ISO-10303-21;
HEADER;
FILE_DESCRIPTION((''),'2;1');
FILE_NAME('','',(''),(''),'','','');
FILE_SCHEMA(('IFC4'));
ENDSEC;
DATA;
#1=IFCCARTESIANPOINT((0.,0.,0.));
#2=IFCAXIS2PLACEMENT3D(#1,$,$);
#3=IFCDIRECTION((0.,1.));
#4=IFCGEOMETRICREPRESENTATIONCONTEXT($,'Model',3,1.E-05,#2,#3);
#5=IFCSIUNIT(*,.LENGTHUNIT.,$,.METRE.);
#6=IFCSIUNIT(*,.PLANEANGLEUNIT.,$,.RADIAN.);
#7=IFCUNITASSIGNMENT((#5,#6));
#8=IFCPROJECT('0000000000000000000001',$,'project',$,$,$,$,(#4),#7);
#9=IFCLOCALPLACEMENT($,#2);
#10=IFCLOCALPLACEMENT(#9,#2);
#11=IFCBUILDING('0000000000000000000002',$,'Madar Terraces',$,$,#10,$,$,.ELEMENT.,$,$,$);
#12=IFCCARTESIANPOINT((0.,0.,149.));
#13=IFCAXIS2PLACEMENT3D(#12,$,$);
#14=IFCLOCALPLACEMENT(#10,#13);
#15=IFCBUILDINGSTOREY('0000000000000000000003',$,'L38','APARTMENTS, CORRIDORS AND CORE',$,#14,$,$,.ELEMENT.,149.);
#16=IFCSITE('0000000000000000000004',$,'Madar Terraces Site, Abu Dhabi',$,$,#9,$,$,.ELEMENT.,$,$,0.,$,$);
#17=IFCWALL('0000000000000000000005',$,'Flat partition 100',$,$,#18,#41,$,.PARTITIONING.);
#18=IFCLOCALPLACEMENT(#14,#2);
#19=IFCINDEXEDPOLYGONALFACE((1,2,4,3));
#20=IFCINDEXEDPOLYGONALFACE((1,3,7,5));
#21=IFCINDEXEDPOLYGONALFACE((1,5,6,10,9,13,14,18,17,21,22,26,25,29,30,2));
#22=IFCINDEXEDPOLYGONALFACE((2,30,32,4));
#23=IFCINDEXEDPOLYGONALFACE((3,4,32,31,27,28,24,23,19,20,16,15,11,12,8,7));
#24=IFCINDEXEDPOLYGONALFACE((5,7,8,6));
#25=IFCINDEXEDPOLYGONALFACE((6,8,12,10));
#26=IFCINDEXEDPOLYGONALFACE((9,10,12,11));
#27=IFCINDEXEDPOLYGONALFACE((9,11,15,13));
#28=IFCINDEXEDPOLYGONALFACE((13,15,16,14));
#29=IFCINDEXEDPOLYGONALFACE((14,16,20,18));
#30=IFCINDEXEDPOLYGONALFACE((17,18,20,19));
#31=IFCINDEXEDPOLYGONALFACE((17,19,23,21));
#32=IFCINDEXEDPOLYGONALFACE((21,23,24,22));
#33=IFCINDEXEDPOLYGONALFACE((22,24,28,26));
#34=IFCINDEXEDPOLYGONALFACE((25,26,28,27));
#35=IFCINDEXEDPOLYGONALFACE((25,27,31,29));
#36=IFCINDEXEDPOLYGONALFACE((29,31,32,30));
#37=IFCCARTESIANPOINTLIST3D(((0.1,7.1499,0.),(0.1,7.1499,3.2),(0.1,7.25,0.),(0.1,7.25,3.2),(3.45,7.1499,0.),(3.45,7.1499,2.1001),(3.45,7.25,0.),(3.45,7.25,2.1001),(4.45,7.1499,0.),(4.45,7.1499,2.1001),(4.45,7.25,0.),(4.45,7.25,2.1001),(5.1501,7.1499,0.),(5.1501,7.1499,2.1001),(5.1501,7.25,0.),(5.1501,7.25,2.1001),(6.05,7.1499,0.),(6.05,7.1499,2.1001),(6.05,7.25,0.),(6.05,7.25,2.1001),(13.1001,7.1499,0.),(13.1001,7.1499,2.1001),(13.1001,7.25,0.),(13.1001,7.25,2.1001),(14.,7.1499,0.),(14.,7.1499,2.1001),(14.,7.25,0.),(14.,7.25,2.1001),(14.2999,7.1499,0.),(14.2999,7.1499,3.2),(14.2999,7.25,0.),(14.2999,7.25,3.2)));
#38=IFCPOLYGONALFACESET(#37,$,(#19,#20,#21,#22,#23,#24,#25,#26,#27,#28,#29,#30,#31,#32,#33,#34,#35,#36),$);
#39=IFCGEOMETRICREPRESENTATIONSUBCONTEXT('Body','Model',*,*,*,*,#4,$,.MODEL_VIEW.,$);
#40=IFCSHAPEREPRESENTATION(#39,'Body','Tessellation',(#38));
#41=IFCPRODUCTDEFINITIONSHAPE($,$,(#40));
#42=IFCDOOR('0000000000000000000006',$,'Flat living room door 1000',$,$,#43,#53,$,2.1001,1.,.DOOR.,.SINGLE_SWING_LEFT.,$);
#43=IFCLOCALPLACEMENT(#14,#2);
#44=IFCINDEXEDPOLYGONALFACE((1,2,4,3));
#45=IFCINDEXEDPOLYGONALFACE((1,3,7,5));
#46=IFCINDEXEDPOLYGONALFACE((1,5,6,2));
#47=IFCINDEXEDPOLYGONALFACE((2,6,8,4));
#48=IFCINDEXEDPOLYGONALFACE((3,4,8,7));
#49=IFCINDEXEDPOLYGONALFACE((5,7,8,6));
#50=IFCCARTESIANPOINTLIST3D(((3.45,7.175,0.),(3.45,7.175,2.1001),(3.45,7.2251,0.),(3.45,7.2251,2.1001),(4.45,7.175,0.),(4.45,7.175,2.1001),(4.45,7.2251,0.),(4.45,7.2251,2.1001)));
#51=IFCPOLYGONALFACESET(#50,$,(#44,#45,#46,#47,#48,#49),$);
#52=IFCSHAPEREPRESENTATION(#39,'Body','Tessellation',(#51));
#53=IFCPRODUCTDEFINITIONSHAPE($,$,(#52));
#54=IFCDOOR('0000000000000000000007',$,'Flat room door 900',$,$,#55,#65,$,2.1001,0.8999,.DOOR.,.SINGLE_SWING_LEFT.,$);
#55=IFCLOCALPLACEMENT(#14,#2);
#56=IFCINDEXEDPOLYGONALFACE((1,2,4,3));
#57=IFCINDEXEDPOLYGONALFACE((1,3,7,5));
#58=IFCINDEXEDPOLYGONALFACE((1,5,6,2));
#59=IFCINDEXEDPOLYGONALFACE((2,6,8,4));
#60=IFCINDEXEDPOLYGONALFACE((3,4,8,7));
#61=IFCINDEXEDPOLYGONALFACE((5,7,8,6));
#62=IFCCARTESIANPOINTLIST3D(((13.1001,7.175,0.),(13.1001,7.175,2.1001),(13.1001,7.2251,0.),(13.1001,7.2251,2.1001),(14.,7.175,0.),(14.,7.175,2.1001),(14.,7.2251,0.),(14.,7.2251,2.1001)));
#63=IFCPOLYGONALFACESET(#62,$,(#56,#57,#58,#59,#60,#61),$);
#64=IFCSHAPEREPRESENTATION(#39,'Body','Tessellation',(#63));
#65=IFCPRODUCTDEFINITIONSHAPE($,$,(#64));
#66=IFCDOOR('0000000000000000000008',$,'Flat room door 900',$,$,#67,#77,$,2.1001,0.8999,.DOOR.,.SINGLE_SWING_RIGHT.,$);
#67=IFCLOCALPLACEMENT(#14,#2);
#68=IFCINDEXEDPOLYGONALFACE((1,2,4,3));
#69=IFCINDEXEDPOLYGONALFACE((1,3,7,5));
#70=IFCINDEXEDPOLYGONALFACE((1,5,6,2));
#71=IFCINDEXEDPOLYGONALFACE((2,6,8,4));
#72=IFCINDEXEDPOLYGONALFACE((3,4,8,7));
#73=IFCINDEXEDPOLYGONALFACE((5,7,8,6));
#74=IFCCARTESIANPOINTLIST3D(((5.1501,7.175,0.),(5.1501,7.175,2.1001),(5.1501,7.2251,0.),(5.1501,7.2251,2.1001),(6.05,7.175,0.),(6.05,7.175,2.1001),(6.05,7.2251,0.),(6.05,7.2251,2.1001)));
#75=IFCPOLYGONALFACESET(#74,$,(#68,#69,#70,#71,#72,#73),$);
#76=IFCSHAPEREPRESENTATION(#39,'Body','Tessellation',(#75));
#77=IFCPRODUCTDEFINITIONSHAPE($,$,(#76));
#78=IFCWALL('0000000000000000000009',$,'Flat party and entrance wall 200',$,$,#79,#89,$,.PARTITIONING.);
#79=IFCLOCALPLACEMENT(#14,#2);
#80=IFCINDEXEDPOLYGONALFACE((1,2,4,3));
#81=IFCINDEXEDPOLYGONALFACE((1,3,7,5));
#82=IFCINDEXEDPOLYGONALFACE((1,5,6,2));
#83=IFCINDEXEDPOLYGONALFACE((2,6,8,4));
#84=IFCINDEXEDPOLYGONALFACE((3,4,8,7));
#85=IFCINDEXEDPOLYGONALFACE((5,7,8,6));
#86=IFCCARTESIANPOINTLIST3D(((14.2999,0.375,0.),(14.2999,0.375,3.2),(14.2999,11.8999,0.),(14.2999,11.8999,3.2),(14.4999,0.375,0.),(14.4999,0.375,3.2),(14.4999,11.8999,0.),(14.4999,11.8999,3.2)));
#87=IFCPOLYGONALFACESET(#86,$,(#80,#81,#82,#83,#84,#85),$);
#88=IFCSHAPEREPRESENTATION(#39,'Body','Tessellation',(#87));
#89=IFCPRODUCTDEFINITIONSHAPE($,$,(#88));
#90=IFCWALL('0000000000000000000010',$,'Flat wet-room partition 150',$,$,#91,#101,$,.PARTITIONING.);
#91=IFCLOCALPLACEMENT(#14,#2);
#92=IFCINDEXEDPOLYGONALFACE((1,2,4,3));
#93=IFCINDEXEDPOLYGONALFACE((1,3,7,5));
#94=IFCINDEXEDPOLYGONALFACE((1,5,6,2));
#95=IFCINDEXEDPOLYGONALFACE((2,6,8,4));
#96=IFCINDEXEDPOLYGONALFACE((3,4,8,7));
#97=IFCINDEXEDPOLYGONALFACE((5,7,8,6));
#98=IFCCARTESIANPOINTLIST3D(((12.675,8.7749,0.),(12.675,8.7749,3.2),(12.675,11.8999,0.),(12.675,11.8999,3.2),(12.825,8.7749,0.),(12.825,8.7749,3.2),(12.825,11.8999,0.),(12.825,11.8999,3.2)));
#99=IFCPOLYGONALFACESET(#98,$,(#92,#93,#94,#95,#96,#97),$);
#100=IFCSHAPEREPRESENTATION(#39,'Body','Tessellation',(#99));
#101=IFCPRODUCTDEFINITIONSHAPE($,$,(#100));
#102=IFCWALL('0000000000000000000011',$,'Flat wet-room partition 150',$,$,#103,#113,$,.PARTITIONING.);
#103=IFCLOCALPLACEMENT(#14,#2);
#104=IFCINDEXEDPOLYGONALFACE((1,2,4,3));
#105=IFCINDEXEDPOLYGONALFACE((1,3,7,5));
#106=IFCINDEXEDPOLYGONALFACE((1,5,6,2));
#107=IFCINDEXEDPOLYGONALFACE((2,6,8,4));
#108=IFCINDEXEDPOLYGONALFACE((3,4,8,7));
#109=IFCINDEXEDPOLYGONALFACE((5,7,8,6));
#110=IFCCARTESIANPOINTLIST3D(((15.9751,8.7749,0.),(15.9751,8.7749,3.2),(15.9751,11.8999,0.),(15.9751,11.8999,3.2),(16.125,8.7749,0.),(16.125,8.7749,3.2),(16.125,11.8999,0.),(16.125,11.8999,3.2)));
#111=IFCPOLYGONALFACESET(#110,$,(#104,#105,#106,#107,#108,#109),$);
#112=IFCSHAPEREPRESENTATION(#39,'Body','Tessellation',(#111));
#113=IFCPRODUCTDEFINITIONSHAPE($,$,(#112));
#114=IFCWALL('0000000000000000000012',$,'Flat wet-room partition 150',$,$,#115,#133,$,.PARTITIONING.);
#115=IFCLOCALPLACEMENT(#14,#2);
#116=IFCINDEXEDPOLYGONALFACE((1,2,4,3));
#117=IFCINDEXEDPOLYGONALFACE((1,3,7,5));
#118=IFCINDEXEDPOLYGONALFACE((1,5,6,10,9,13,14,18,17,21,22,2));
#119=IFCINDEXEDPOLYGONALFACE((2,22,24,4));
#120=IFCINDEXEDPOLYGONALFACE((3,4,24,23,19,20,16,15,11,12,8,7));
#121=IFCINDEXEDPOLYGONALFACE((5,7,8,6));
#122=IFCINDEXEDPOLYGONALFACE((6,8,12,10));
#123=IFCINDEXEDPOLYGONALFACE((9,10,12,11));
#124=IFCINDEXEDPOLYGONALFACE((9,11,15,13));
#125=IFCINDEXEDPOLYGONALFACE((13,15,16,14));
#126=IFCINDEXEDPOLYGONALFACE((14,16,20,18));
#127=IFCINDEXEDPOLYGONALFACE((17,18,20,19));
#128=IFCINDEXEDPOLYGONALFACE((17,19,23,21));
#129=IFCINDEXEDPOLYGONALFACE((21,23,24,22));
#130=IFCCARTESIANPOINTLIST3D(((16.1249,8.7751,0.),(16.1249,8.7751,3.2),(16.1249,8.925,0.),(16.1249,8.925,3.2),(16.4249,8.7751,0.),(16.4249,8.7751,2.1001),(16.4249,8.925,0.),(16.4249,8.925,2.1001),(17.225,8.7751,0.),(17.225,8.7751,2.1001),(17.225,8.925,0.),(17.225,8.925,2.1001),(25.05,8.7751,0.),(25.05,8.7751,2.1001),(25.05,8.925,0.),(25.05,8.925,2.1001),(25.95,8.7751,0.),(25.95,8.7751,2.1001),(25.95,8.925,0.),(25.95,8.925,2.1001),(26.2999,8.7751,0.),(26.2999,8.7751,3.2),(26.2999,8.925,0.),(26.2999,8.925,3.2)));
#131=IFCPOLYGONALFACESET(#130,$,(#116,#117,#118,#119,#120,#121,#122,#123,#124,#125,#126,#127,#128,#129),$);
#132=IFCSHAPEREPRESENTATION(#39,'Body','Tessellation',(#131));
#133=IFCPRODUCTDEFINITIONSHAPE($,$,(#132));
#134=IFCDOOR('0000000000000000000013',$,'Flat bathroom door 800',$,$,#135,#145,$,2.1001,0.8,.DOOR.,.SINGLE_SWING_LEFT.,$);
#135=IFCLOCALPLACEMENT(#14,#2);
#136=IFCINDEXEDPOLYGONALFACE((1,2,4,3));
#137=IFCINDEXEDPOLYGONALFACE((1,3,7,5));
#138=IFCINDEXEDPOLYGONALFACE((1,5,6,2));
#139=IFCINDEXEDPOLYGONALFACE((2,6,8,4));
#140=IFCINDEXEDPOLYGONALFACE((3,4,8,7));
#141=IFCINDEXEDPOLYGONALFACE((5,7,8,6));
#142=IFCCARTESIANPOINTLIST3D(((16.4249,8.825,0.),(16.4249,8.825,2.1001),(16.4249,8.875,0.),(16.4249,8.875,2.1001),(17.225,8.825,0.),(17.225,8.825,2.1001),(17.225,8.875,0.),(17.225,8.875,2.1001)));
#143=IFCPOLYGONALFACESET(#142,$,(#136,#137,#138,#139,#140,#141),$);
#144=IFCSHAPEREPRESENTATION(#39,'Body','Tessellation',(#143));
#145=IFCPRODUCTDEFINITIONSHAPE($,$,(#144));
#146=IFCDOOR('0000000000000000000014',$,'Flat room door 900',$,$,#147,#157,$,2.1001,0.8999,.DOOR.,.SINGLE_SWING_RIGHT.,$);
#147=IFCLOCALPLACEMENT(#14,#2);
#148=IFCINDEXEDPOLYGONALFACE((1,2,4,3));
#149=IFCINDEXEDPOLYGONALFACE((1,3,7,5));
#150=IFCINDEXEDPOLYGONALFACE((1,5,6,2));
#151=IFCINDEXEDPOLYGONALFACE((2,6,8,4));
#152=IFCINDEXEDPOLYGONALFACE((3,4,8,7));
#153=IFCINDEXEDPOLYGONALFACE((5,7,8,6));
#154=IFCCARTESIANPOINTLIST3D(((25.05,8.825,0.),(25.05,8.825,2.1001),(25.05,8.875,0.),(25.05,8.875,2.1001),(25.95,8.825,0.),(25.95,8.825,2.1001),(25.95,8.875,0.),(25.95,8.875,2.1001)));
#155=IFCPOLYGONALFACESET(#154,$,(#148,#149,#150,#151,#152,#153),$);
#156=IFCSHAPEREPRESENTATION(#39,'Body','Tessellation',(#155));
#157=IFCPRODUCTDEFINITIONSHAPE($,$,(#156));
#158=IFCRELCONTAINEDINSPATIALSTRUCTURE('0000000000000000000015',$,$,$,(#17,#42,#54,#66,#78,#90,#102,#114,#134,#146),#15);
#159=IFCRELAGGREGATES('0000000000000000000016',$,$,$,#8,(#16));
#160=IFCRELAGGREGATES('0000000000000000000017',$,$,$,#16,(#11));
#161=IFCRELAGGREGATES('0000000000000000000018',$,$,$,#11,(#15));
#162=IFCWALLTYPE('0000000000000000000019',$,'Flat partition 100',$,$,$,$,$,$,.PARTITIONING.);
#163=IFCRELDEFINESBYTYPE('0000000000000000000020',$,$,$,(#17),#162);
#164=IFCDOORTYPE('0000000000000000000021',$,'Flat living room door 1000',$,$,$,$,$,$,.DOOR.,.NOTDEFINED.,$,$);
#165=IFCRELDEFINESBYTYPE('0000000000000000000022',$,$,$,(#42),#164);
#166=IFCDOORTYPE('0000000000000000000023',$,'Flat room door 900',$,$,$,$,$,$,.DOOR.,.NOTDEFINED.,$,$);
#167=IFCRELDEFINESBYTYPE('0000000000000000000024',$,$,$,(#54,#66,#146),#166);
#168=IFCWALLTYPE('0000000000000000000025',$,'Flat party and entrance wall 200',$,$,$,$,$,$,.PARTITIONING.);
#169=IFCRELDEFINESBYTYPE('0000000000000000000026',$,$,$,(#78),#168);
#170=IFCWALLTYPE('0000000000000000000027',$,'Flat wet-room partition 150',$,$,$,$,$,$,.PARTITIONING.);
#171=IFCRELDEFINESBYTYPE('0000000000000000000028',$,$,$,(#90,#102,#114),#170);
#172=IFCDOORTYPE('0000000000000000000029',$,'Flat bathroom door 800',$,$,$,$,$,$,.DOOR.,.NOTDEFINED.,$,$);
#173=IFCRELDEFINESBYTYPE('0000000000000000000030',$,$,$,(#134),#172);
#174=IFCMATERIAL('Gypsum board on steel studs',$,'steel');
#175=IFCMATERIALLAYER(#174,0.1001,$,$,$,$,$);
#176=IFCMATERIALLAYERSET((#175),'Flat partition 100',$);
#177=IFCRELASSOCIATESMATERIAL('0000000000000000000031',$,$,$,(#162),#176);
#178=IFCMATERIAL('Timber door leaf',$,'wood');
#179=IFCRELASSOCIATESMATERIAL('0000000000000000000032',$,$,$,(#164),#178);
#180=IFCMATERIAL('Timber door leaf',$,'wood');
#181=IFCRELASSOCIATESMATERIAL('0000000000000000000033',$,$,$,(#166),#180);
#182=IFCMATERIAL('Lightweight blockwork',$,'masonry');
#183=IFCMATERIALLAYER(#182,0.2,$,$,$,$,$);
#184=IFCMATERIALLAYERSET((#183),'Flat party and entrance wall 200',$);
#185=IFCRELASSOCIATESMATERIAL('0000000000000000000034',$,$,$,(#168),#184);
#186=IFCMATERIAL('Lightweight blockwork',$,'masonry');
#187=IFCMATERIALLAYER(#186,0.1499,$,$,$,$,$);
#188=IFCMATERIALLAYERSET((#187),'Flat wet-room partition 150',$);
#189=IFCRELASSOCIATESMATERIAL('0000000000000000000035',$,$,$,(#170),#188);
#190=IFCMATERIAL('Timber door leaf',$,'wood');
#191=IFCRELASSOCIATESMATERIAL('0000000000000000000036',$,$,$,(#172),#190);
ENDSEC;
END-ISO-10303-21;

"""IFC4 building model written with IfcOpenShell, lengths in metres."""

from ifc_helpers import new_model, si_unit, direction, frame, frame_2d, origin, place, context, subcontext, project, spatial, rectangle, extrude, material, layer, layer_set, type_object, element, fill, save


model = new_model("IFC4")

# Units and contexts
model_context = context("Model", 3, precision=1e-05, world=origin(), true_north=direction((0.0, 1.0)))
body_context = subcontext(model_context, "Body", "Model", "MODEL_VIEW")
ifc_project = project(units=[si_unit("LENGTHUNIT", "METRE"), si_unit("PLANEANGLEUNIT", "RADIAN")], contexts=[model_context])

# Site, building, storey
site_placement = place(None, origin())
site = spatial("IfcSite", under=ifc_project, at=site_placement, Name="Madar Terraces Site, Abu Dhabi", CompositionType="ELEMENT", RefElevation=0.0)
building_placement = place(site_placement, origin())
building = spatial("IfcBuilding", under=site, at=building_placement, Name="Madar Terraces", CompositionType="ELEMENT")
storey_placement = place(building_placement, frame((0.0, 0.0, 149.0)))
storey = spatial("IfcBuildingStorey", under=building, at=storey_placement, Name="L38", Description="APARTMENTS, CORRIDORS AND CORE", CompositionType="ELEMENT", Elevation=149.0)

# Wall, openings, doors
ifc_material_1 = material(Name="Gypsum board on steel studs", Category="steel")
ifc_layer_1 = layer(ifc_material_1, 0.1001)
ifc_layer_set_1 = layer_set([ifc_layer_1], Name="Flat partition 100")
wall_type_1 = type_object("IfcWallType", Name="Flat partition 100", PredefinedType="PARTITIONING", material=ifc_layer_set_1)
wall_1_placement = place(storey_placement, frame((14.3, 7.2, 0.0), z_axis=(0.0, 0.0, 1.0), x_axis=(-1.0, 0.0, 0.0)))
wall_1 = element("IfcWall", 1, at=wall_1_placement, inside=storey, type_object=wall_type_1, Name="Flat partition 100", PredefinedType="PARTITIONING", context=body_context, shape_type="SweptSolid", body=[
    extrude(rectangle(XDim=14.2, YDim=0.1001, at=frame_2d((7.1001, 0.0))), origin(), (0.0, 0.0, 1.0), 3.2),
])
opening_1_placement = place(wall_1_placement, frame((0.3, 0.0, 0.0)))
opening_1 = element("IfcOpeningElement", 2, at=opening_1_placement, cuts=wall_1, PredefinedType="OPENING", context=body_context, shape_type="SweptSolid", body=[
    extrude(rectangle(XDim=0.8999, YDim=2.1001, at=frame_2d((0.45, 1.05))), frame((0.0, 0.0601, 0.0), z_axis=(0.0, -1.0, 0.0), x_axis=(1.0, 0.0, 0.0)), (0.0, 0.0, 1.0), 0.1201),
])
opening_2_placement = place(wall_1_placement, frame((8.25, 0.0, 0.0)))
opening_2 = element("IfcOpeningElement", 3, at=opening_2_placement, cuts=wall_1, PredefinedType="OPENING", context=body_context, shape_type="SweptSolid", body=[
    extrude(rectangle(XDim=0.8999, YDim=2.1001, at=frame_2d((0.45, 1.05))), frame((0.0, 0.0601, 0.0), z_axis=(0.0, -1.0, 0.0), x_axis=(1.0, 0.0, 0.0)), (0.0, 0.0, 1.0), 0.1201),
])
opening_3_placement = place(wall_1_placement, frame((9.8501, 0.0, 0.0)))
opening_3 = element("IfcOpeningElement", 4, at=opening_3_placement, cuts=wall_1, PredefinedType="OPENING", context=body_context, shape_type="SweptSolid", body=[
    extrude(rectangle(XDim=1.0, YDim=2.1001, at=frame_2d((0.5, 1.05))), frame((0.0, 0.0601, 0.0), z_axis=(0.0, -1.0, 0.0), x_axis=(1.0, 0.0, 0.0)), (0.0, 0.0, 1.0), 0.1201),
])
ifc_material_2 = material(Name="Timber door leaf", Category="wood")
door_type_1 = type_object("IfcDoorType", Name="Flat living room door 1000", OperationType="NOTDEFINED", PredefinedType="DOOR", material=ifc_material_2)
door_1_placement = place(opening_3_placement, origin())
door_1 = element("IfcDoor", 5, at=door_1_placement, inside=storey, type_object=door_type_1, Name="Flat living room door 1000", OperationType="SINGLE_SWING_LEFT", OverallHeight=2.1001, OverallWidth=1.0, PredefinedType="DOOR", context=body_context, shape_type="SweptSolid", body=[
    extrude(rectangle(XDim=1.0, YDim=2.1001, at=frame_2d((0.5, 1.05))), frame((0.0, 0.0249, 0.0), z_axis=(0.0, -1.0, 0.0), x_axis=(1.0, 0.0, 0.0)), (0.0, 0.0, 1.0), 0.05),
])
fill(opening_3, door_1)
ifc_material_3 = material(Name="Timber door leaf", Category="wood")
door_type_2 = type_object("IfcDoorType", Name="Flat room door 900", OperationType="NOTDEFINED", PredefinedType="DOOR", material=ifc_material_3)
door_2_placement = place(opening_1_placement, origin())
door_2 = element("IfcDoor", 6, at=door_2_placement, inside=storey, type_object=door_type_2, Name="Flat room door 900", OperationType="SINGLE_SWING_LEFT", OverallHeight=2.1001, OverallWidth=0.8999, PredefinedType="DOOR", context=body_context, shape_type="SweptSolid", body=[
    extrude(rectangle(XDim=0.8999, YDim=2.1001, at=frame_2d((0.45, 1.05))), frame((0.0, 0.0249, 0.0), z_axis=(0.0, -1.0, 0.0), x_axis=(1.0, 0.0, 0.0)), (0.0, 0.0, 1.0), 0.05),
])
fill(opening_1, door_2)
door_3_placement = place(opening_2_placement, origin())
door_3 = element("IfcDoor", 7, at=door_3_placement, inside=storey, type_object=door_type_2, Name="Flat room door 900", OperationType="SINGLE_SWING_RIGHT", OverallHeight=2.1001, OverallWidth=0.8999, PredefinedType="DOOR", context=body_context, shape_type="SweptSolid", body=[
    extrude(rectangle(XDim=0.8999, YDim=2.1001, at=frame_2d((0.45, 1.05))), frame((0.0, 0.0249, 0.0), z_axis=(0.0, -1.0, 0.0), x_axis=(1.0, 0.0, 0.0)), (0.0, 0.0, 1.0), 0.05),
])
fill(opening_2, door_3)

# Walls
ifc_material_4 = material(Name="Lightweight blockwork", Category="masonry")
ifc_layer_2 = layer(ifc_material_4, 0.2)
ifc_layer_set_2 = layer_set([ifc_layer_2], Name="Flat party and entrance wall 200")
wall_type_2 = type_object("IfcWallType", Name="Flat party and entrance wall 200", PredefinedType="PARTITIONING", material=ifc_layer_set_2)
wall_2_placement = place(storey_placement, frame((14.3999, 11.8999, 0.0), z_axis=(0.0, 0.0, 1.0), x_axis=(0.0, -1.0, 0.0)))
element("IfcWall", 8, at=wall_2_placement, inside=storey, type_object=wall_type_2, Name="Flat party and entrance wall 200", PredefinedType="PARTITIONING", context=body_context, shape_type="SweptSolid", body=[
    extrude(rectangle(XDim=11.5249, YDim=0.2, at=frame_2d((5.7625, 0.0))), origin(), (0.0, 0.0, 1.0), 3.2),
])
ifc_material_5 = material(Name="Lightweight blockwork", Category="masonry")
ifc_layer_3 = layer(ifc_material_5, 0.1499)
ifc_layer_set_3 = layer_set([ifc_layer_3], Name="Flat wet-room partition 150")
wall_type_3 = type_object("IfcWallType", Name="Flat wet-room partition 150", PredefinedType="PARTITIONING", material=ifc_layer_set_3)
for number, where, z_axis, x_axis, name in (
    (9, (12.75, 11.8999, 0.0), (0.0, 0.0, 1.0), (0.0, -1.0, 0.0), "Flat wet-room partition 150"),
    (10, (16.05, 11.8999, 0.0), (0.0, 0.0, 1.0), (0.0, -1.0, 0.0), "Flat wet-room partition 150"),
):
    element("IfcWall", number, at=place(storey_placement, frame(where, z_axis=z_axis, x_axis=x_axis)), inside=storey, type_object=wall_type_3, Name=name, PredefinedType="PARTITIONING", context=body_context, shape_type="SweptSolid", body=[
        extrude(rectangle(XDim=3.125, YDim=0.1499, at=frame_2d((1.5625, 0.0))), origin(), (0.0, 0.0, 1.0), 3.2),
    ])

# Wall, openings, doors
wall_3_placement = place(storey_placement, frame((16.125, 8.8501, 0.0), z_axis=(0.0, 0.0, 1.0), x_axis=(1.0, 0.0, 0.0)))
wall_3 = element("IfcWall", 11, at=wall_3_placement, inside=storey, type_object=wall_type_3, Name="Flat wet-room partition 150", PredefinedType="PARTITIONING", context=body_context, shape_type="SweptSolid", body=[
    extrude(rectangle(XDim=10.175, YDim=0.1499, at=frame_2d((5.0874, 0.0))), origin(), (0.0, 0.0, 1.0), 3.2),
])
opening_4_placement = place(wall_3_placement, frame((0.3, 0.0, 0.0)))
opening_4 = element("IfcOpeningElement", 12, at=opening_4_placement, cuts=wall_3, PredefinedType="OPENING", context=body_context, shape_type="SweptSolid", body=[
    extrude(rectangle(XDim=0.8, YDim=2.1001, at=frame_2d((0.3999, 1.05))), frame((0.0, 0.085, 0.0), z_axis=(0.0, -1.0, 0.0), x_axis=(1.0, 0.0, 0.0)), (0.0, 0.0, 1.0), 0.1699),
])
opening_5_placement = place(wall_3_placement, frame((8.925, 0.0, 0.0)))
opening_5 = element("IfcOpeningElement", 13, at=opening_5_placement, cuts=wall_3, PredefinedType="OPENING", context=body_context, shape_type="SweptSolid", body=[
    extrude(rectangle(XDim=0.8999, YDim=2.1001, at=frame_2d((0.45, 1.05))), frame((0.0, 0.085, 0.0), z_axis=(0.0, -1.0, 0.0), x_axis=(1.0, 0.0, 0.0)), (0.0, 0.0, 1.0), 0.1699),
])
ifc_material_6 = material(Name="Timber door leaf", Category="wood")
door_type_3 = type_object("IfcDoorType", Name="Flat bathroom door 800", OperationType="NOTDEFINED", PredefinedType="DOOR", material=ifc_material_6)
door_4_placement = place(opening_4_placement, origin())
door_4 = element("IfcDoor", 14, at=door_4_placement, inside=storey, type_object=door_type_3, Name="Flat bathroom door 800", OperationType="SINGLE_SWING_LEFT", OverallHeight=2.1001, OverallWidth=0.8, PredefinedType="DOOR", context=body_context, shape_type="SweptSolid", body=[
    extrude(rectangle(XDim=0.8, YDim=2.1001, at=frame_2d((0.3999, 1.05))), frame((0.0, 0.0249, 0.0), z_axis=(0.0, -1.0, 0.0), x_axis=(1.0, 0.0, 0.0)), (0.0, 0.0, 1.0), 0.05),
])
fill(opening_4, door_4)
door_5_placement = place(opening_5_placement, origin())
door_5 = element("IfcDoor", 15, at=door_5_placement, inside=storey, type_object=door_type_2, Name="Flat room door 900", OperationType="SINGLE_SWING_RIGHT", OverallHeight=2.1001, OverallWidth=0.8999, PredefinedType="DOOR", context=body_context, shape_type="SweptSolid", body=[
    extrude(rectangle(XDim=0.8999, YDim=2.1001, at=frame_2d((0.45, 1.05))), frame((0.0, 0.0249, 0.0), z_axis=(0.0, -1.0, 0.0), x_axis=(1.0, 0.0, 0.0)), (0.0, 0.0, 1.0), 0.05),
])
fill(opening_5, door_5)

save(model, "model.ifc")
